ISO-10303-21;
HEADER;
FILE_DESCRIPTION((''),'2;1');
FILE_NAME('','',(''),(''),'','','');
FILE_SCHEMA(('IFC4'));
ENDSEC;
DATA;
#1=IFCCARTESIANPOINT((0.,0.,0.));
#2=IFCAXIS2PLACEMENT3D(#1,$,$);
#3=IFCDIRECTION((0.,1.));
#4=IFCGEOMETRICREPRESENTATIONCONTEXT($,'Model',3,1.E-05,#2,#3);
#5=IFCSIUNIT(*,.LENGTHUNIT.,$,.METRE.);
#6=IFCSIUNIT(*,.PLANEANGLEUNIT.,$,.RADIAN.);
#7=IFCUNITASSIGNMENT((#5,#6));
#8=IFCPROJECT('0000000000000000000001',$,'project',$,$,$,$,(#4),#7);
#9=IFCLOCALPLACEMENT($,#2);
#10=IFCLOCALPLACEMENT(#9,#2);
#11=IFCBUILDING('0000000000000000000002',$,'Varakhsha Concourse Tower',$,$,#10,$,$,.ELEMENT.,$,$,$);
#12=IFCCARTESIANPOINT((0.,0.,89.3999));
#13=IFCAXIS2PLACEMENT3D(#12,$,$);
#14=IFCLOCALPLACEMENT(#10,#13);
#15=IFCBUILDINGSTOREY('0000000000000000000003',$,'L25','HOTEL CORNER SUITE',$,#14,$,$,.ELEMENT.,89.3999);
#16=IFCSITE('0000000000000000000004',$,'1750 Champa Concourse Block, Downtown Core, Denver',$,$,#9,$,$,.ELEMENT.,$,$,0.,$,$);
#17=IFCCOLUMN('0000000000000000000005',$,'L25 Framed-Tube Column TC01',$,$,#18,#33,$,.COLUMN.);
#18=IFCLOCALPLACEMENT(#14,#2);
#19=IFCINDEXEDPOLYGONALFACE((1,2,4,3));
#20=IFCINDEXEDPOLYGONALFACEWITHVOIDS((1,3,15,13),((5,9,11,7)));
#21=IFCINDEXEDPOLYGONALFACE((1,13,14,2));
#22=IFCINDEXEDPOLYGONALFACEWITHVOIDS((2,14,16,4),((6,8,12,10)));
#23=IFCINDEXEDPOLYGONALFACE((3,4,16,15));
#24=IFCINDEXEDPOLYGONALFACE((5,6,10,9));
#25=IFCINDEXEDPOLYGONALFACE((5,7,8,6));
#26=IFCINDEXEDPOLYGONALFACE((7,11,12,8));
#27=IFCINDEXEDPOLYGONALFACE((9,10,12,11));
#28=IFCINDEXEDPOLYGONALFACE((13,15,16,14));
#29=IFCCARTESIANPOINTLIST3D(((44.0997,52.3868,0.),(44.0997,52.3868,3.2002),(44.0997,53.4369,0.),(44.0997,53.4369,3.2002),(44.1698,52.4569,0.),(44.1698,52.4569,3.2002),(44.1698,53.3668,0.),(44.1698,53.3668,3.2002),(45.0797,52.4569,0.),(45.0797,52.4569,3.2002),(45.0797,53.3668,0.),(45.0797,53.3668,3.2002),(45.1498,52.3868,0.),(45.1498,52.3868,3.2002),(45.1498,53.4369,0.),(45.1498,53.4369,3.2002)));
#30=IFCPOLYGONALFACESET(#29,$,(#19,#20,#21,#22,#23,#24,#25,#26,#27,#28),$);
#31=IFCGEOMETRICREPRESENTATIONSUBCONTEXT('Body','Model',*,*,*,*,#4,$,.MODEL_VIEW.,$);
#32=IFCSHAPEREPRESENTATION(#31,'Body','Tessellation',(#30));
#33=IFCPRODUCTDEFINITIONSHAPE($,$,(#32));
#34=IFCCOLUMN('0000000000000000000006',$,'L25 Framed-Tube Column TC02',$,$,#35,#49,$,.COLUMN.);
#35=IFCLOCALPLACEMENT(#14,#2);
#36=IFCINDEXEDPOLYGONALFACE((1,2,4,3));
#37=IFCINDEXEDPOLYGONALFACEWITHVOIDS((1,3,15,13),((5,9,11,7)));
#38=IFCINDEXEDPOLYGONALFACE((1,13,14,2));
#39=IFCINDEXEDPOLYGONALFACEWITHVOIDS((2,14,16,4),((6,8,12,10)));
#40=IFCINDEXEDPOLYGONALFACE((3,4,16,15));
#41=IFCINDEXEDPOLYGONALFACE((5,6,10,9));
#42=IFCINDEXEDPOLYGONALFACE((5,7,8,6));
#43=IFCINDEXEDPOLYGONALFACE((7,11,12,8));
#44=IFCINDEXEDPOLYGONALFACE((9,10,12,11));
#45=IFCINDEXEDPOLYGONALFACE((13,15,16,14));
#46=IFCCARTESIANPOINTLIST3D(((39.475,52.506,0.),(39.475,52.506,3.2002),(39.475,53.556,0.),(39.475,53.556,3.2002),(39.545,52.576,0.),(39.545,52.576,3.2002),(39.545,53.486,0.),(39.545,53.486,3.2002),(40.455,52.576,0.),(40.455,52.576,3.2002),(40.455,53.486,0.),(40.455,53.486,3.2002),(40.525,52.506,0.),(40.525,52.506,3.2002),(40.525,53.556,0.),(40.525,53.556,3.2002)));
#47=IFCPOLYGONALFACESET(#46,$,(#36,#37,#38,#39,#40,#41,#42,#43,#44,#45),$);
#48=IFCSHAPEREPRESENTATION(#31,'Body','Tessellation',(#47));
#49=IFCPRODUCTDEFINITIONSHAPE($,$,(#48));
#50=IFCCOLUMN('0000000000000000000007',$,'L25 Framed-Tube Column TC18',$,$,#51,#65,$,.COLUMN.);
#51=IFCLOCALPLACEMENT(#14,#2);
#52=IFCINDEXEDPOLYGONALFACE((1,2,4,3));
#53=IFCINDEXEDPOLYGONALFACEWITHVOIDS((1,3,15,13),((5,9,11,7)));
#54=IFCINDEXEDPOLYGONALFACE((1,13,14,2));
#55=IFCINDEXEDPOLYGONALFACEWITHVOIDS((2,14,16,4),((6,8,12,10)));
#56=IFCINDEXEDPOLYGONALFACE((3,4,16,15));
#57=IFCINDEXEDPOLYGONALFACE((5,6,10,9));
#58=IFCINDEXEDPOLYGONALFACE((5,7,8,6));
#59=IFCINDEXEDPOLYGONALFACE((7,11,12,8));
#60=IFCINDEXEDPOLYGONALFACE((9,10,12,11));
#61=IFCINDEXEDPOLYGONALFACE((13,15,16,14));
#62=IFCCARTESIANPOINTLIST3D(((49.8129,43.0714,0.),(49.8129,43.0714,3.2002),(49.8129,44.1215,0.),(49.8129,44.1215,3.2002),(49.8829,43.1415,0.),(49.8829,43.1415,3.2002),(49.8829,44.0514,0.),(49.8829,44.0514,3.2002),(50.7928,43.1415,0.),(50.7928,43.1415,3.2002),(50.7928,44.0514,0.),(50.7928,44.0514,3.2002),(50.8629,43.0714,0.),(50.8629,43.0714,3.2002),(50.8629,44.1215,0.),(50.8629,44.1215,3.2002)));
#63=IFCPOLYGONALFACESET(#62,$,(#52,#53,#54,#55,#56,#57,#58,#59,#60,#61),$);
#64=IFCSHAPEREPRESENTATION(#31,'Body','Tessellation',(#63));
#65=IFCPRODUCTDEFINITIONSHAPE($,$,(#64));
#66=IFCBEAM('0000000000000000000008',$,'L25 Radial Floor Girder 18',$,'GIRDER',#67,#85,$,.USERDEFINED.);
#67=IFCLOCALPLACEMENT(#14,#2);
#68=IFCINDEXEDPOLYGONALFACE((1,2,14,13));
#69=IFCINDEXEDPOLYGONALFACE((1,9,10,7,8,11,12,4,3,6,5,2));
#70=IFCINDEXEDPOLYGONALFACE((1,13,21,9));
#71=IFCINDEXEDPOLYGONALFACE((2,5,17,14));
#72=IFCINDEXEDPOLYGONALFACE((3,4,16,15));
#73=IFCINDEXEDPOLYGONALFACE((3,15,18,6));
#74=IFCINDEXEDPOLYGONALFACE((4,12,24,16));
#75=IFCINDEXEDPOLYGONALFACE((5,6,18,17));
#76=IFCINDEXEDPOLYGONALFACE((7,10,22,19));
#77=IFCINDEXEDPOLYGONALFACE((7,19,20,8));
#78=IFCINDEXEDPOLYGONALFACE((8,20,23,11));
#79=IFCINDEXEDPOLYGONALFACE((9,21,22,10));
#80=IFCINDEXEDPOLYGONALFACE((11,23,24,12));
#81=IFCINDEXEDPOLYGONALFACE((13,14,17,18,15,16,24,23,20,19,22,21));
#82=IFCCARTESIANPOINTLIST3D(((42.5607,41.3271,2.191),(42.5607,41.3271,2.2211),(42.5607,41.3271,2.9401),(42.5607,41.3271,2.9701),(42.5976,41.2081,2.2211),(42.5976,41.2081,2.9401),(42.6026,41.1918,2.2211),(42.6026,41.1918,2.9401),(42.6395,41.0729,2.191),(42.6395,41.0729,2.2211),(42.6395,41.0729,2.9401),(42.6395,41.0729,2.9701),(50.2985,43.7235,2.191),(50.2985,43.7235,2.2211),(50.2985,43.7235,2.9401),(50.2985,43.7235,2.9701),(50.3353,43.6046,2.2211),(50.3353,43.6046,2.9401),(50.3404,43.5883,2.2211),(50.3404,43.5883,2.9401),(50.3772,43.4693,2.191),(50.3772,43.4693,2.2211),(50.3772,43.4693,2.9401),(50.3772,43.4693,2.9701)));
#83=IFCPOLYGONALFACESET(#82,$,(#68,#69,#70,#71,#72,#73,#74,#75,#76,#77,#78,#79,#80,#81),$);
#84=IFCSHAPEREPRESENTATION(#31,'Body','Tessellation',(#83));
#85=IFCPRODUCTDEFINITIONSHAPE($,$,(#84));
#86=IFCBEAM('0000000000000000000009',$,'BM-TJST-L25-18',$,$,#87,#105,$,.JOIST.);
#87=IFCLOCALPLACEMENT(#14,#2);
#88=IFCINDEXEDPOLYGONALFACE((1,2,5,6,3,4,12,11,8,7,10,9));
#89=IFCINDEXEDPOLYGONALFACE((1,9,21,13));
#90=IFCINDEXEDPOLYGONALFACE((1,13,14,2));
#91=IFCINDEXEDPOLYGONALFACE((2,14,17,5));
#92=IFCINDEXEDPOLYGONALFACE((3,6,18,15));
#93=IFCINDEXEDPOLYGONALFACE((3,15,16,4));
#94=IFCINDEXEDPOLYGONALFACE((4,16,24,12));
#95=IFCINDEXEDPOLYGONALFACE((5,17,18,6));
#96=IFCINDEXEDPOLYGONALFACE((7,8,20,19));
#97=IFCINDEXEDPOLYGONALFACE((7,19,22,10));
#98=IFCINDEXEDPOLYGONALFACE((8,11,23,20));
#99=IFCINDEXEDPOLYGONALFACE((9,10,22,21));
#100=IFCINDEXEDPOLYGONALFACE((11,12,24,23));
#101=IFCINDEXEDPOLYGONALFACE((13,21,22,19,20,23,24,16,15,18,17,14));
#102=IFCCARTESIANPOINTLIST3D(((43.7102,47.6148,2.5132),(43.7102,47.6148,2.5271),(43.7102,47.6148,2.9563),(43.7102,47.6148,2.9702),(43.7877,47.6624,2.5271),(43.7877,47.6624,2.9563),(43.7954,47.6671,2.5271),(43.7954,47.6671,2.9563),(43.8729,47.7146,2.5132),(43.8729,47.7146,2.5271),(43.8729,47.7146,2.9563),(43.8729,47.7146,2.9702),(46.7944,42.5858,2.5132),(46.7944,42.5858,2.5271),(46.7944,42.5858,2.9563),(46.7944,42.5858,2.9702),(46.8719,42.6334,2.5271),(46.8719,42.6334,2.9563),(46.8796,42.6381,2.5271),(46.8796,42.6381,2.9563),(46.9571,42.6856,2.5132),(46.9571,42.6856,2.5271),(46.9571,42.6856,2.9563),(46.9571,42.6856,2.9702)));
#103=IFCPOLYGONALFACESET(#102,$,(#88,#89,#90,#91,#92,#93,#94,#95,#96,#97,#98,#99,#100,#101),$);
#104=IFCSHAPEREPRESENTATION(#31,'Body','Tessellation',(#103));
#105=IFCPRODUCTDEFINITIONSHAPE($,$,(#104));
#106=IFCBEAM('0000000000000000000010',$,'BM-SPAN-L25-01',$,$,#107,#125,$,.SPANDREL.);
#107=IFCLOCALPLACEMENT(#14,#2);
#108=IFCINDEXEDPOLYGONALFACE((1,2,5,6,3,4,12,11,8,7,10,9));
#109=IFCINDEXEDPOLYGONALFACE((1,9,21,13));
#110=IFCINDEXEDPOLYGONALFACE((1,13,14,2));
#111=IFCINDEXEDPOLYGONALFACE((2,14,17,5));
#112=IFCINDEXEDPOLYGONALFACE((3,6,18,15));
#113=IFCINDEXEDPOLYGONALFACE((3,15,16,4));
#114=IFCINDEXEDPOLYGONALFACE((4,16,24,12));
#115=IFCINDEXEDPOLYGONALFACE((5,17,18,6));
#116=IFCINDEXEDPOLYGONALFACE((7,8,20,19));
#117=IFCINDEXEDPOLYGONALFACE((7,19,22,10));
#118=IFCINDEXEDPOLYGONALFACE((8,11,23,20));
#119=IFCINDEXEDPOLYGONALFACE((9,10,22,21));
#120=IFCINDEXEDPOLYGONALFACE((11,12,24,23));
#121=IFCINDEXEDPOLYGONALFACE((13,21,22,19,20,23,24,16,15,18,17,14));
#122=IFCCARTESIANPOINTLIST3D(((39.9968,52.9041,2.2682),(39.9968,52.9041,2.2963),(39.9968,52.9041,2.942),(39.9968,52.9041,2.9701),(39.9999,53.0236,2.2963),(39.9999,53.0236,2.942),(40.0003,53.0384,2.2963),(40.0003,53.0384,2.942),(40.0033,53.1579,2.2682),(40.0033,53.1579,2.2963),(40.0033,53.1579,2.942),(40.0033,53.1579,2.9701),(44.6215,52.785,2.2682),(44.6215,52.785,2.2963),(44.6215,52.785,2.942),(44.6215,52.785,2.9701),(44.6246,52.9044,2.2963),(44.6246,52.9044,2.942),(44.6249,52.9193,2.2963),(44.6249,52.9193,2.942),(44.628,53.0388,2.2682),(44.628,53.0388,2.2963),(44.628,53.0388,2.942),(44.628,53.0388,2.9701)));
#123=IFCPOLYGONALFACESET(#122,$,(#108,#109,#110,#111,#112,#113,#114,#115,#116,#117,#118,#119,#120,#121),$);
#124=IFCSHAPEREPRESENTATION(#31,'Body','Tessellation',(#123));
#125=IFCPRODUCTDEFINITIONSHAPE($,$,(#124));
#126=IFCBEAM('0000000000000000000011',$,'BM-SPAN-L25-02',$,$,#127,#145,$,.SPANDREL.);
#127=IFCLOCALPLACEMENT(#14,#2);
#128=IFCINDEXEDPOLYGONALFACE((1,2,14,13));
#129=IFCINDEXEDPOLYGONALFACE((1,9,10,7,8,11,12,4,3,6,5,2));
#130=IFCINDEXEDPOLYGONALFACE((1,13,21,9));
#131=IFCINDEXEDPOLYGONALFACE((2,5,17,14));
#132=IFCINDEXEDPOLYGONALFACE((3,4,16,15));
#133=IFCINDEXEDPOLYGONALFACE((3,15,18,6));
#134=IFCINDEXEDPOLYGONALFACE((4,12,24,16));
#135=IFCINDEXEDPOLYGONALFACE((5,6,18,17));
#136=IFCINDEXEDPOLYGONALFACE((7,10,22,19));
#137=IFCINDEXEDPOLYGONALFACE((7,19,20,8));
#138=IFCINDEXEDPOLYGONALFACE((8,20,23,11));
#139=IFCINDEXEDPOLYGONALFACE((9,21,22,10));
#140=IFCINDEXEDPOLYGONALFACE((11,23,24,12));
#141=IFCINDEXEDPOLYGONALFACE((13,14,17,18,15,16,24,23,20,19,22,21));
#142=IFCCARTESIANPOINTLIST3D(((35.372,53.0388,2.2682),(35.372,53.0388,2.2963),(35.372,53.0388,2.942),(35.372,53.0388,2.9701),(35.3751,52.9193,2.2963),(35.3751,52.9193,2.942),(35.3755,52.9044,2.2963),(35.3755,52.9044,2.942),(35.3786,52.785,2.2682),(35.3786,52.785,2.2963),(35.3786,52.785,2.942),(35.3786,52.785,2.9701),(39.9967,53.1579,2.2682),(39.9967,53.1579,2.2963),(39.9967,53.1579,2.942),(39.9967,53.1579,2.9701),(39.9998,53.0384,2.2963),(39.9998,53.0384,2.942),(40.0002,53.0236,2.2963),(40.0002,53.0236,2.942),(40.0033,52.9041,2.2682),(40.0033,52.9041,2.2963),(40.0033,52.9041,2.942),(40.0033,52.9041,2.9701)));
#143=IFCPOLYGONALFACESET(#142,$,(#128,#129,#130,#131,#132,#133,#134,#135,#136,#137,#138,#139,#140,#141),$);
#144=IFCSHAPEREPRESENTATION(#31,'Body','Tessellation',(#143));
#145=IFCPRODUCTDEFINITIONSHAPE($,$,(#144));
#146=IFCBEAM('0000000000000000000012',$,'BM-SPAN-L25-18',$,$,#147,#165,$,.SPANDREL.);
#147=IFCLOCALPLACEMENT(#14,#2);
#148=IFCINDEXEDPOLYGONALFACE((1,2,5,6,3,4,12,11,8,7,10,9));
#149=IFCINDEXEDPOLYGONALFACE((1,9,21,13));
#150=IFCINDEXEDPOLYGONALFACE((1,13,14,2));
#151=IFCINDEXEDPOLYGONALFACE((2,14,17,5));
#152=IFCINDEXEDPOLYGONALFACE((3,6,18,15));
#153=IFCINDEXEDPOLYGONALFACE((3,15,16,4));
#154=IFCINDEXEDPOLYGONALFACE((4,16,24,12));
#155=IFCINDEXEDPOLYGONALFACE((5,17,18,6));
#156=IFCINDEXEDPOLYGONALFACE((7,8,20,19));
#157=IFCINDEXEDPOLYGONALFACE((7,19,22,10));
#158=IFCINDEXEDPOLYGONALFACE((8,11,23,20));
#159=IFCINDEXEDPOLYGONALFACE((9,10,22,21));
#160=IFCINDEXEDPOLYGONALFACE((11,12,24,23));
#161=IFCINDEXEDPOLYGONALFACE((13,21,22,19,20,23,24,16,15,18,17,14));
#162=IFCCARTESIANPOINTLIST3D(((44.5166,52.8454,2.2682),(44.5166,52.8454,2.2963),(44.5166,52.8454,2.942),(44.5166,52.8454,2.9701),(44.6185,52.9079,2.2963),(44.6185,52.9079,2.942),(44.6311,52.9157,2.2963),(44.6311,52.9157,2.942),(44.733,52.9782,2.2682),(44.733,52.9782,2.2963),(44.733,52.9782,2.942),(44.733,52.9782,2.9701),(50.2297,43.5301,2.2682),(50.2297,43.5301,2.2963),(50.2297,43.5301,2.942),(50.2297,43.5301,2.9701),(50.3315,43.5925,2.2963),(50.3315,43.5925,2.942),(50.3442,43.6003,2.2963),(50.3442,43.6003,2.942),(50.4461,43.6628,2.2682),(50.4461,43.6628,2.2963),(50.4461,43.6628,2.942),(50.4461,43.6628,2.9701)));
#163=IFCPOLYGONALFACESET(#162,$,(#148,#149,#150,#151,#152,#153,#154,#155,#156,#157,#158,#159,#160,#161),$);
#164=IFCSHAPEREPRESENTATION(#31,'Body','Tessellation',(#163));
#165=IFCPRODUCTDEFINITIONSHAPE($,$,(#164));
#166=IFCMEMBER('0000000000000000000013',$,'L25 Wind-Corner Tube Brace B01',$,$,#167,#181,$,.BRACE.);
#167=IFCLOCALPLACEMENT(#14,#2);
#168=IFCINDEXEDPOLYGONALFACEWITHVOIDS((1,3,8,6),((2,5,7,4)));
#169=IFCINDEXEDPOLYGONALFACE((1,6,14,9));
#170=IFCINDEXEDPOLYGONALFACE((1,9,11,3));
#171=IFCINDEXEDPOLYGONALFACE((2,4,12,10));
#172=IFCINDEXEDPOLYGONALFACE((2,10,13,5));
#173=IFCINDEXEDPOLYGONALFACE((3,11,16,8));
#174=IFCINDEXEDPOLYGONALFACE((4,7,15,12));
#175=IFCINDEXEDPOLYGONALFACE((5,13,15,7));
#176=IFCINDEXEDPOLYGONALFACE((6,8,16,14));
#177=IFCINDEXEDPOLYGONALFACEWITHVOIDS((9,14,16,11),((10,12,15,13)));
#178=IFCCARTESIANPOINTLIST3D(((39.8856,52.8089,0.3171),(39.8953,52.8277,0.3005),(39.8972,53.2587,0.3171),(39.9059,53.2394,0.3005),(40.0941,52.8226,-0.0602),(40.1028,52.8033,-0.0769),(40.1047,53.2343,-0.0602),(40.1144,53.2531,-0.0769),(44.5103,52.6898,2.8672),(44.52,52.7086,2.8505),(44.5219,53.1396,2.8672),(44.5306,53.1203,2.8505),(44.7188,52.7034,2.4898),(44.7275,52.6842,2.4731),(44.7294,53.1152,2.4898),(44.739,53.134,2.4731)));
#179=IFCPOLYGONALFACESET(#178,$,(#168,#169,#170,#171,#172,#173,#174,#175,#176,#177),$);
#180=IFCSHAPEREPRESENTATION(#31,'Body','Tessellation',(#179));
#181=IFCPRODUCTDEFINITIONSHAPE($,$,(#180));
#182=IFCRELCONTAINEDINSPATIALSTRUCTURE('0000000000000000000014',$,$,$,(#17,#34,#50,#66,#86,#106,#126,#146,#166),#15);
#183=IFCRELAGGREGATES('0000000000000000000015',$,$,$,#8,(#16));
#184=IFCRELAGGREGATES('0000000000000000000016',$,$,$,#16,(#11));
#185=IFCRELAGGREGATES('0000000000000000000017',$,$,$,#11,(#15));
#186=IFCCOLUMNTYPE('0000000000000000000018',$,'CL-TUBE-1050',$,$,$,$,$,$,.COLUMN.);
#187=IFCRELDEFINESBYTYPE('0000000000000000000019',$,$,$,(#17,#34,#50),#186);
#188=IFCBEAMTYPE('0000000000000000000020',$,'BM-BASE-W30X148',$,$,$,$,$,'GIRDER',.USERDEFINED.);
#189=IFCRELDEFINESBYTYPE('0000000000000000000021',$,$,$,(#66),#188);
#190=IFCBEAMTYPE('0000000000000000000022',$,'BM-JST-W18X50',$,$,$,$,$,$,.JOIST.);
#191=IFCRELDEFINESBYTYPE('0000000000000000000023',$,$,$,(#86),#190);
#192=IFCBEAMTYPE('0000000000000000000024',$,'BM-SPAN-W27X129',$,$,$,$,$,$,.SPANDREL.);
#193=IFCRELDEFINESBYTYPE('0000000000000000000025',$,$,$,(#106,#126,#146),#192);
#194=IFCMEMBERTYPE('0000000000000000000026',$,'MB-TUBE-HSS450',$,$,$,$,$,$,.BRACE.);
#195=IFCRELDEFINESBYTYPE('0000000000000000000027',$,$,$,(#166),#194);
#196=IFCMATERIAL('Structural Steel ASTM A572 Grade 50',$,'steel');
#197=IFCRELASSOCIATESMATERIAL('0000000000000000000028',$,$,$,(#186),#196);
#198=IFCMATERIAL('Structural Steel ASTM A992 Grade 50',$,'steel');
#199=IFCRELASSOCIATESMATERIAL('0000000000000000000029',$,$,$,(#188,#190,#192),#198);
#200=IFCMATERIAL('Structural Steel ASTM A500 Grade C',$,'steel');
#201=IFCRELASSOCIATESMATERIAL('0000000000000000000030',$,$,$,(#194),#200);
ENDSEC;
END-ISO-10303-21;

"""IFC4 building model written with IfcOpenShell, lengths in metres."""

from ifc_helpers import new_model, si_unit, direction, frame, origin, origin_2d, place, context, subcontext, project, spatial, hollow_rectangle, i_section, extrude, source, transform, mapped, material, material_profile, profile_set, type_object, type_shapes, element, save


model = new_model("IFC4")

# Units and contexts
model_context = context("Model", 3, precision=1e-05, world=origin(), true_north=direction((0.0, 1.0)))
body_context = subcontext(model_context, "Body", "Model", "MODEL_VIEW")
ifc_project = project(units=[si_unit("LENGTHUNIT", "METRE"), si_unit("PLANEANGLEUNIT", "RADIAN")], contexts=[model_context])

# Site, building, storey
site_placement = place(None, origin())
site = spatial("IfcSite", under=ifc_project, at=site_placement, Name="1750 Champa Concourse Block, Downtown Core, Denver", CompositionType="ELEMENT", RefElevation=0.0)
building_placement = place(site_placement, origin())
building = spatial("IfcBuilding", under=site, at=building_placement, Name="Varakhsha Concourse Tower", CompositionType="ELEMENT")
storey_placement = place(building_placement, frame((0.0, 0.0, 89.3999)))
storey = spatial("IfcBuildingStorey", under=building, at=storey_placement, Name="L25", Description="HOTEL CORNER SUITE", CompositionType="ELEMENT", Elevation=89.3999)

# Columns
ifc_material_1 = material(Name="Structural Steel ASTM A572 Grade 50", Category="steel")
ifc_material_profile_1 = material_profile(ifc_material_1, hollow_rectangle(XDim=1.05, YDim=1.05, WallThickness=0.0701, at=origin_2d()), Name="BOX 1050x1050x70")
ifc_profile_set_1 = profile_set([ifc_material_profile_1], Name="Structural Steel ASTM A572 Grade 50")
column_type = type_object("IfcColumnType", Name="CL-TUBE-1050", PredefinedType="COLUMN", material=ifc_profile_set_1)
for number, where, z_axis, x_axis, name in (
    (1, (44.6248, 52.9119, 0.0), (0.0, 0.0, 1.0), (1.0, 0.0, 0.0), "L25 Framed-Tube Column TC01"),
    (2, (40.0, 53.031, 0.0), (0.0, 0.0, 1.0), (1.0, 0.0, 0.0), "L25 Framed-Tube Column TC02"),
    (3, (50.3379, 43.5964, 0.0), (0.0, 0.0, 1.0), (1.0, 0.0, 0.0), "L25 Framed-Tube Column TC18"),
):
    element("IfcColumn", number, at=place(storey_placement, frame(where, z_axis=z_axis, x_axis=x_axis)), inside=storey, type_object=column_type, Name=name, PredefinedType="COLUMN", context=body_context, shape_type="SweptSolid", body=[
        extrude(hollow_rectangle(XDim=1.05, YDim=1.05, WallThickness=0.0701, at=origin_2d()), origin(), (0.0, 0.0, 1.0), 3.2002),
    ])

# Beams
ifc_material_2 = material(Name="Structural Steel ASTM A992 Grade 50", Category="steel")
ifc_material_profile_2 = material_profile(ifc_material_2, i_section(OverallWidth=0.2661, OverallDepth=0.7791, WebThickness=0.0171, FlangeThickness=0.03, at=origin_2d()), Name="W30X148")
ifc_profile_set_2 = profile_set([ifc_material_profile_2], Name="Structural Steel ASTM A992 Grade 50")
beam_type_1 = type_object("IfcBeamType", Name="BM-BASE-W30X148", ElementType="GIRDER", PredefinedType="USERDEFINED", material=ifc_profile_set_2)
beam_1_placement = place(storey_placement, frame((42.6001, 41.2, 2.5806), z_axis=(0.955235, 0.295847, 0.0), x_axis=(-0.295847, 0.955235, 0.0)))
element("IfcBeam", 4, at=beam_1_placement, inside=storey, type_object=beam_type_1, Name="L25 Radial Floor Girder 18", ObjectType="GIRDER", PredefinedType="USERDEFINED", context=body_context, shape_type="SweptSolid", body=[
    extrude(i_section(OverallWidth=0.2661, OverallDepth=0.7791, WebThickness=0.0171, FlangeThickness=0.03, at=origin_2d()), origin(), (0.0, 0.0, 1.0), 8.1003),
])
ifc_material_profile_3 = material_profile(ifc_material_2, i_section(OverallWidth=0.1909, OverallDepth=0.457, WebThickness=0.009, FlangeThickness=0.0139, at=origin_2d()), Name="W18X50")
ifc_profile_set_3 = profile_set([ifc_material_profile_3], Name="Structural Steel ASTM A992 Grade 50")
beam_type_2 = type_object("IfcBeamType", Name="BM-JST-W18X50", PredefinedType="JOIST", material=ifc_profile_set_3)
beam_2_placement = place(storey_placement, frame((46.8757, 42.6357, 2.7417), z_axis=(-0.522797, 0.852457, 0.0), x_axis=(-0.852457, -0.522797, 0.0)))
element("IfcBeam", 5, at=beam_2_placement, inside=storey, type_object=beam_type_2, Name="BM-TJST-L25-18", PredefinedType="JOIST", context=body_context, shape_type="SweptSolid", body=[
    extrude(i_section(OverallWidth=0.1909, OverallDepth=0.457, WebThickness=0.009, FlangeThickness=0.0139, at=origin_2d()), origin(), (0.0, 0.0, 1.0), 5.8994),
])
ifc_material_profile_4 = material_profile(ifc_material_2, i_section(OverallWidth=0.2539, OverallDepth=0.7019, WebThickness=0.0149, FlangeThickness=0.0281, at=origin_2d()), Name="W27X129")
ifc_profile_set_4 = profile_set([ifc_material_profile_4], Name="Structural Steel ASTM A992 Grade 50")
beam_type_3 = type_object("IfcBeamType", Name="BM-SPAN-W27X129", PredefinedType="SPANDREL", material=ifc_profile_set_4)
for number, where, z_axis, x_axis, name in (
    (6, (44.6248, 52.9119, 2.6191), (-0.999668, 0.025753, 0.0), (-0.025753, -0.999668, 0.0), "BM-SPAN-L25-01"),
    (7, (40.0, 53.031, 2.6191), (-0.999668, -0.025753, 0.0), (0.025753, -0.999668, 0.0), "BM-SPAN-L25-02"),
):
    element("IfcBeam", number, at=place(storey_placement, frame(where, z_axis=z_axis, x_axis=x_axis)), inside=storey, type_object=beam_type_3, Name=name, PredefinedType="SPANDREL", context=body_context, shape_type="SweptSolid", body=[
        extrude(i_section(OverallWidth=0.2539, OverallDepth=0.7019, WebThickness=0.0149, FlangeThickness=0.0281, at=origin_2d()), origin(), (0.0, 0.0, 1.0), 4.6262),
    ])
beam_3_placement = place(storey_placement, frame((50.3379, 43.5964, 2.6191), z_axis=(-0.522807, 0.852451, 0.0), x_axis=(-0.852451, -0.522807, 0.0)))
element("IfcBeam", 8, at=beam_3_placement, inside=storey, type_object=beam_type_3, Name="BM-SPAN-L25-18", PredefinedType="SPANDREL", context=body_context, shape_type="SweptSolid", body=[
    extrude(i_section(OverallWidth=0.2539, OverallDepth=0.7019, WebThickness=0.0149, FlangeThickness=0.0281, at=origin_2d()), origin(), (0.0, 0.0, 1.0), 10.9277),
])

# Member
ifc_material_3 = material(Name="Structural Steel ASTM A500 Grade C", Category="steel")
ifc_material_profile_5 = material_profile(ifc_material_3, hollow_rectangle(XDim=0.45, YDim=0.45, WallThickness=0.019, at=origin_2d()), Name="HSS 450x450x19")
ifc_profile_set_5 = profile_set([ifc_material_profile_5], Name="Structural Steel ASTM A500 Grade C")
member_type_1 = type_object("IfcMemberType", Name="MB-TUBE-HSS450", PredefinedType="BRACE", material=ifc_profile_set_5)
shared_shape_1 = source(origin(), body_context, "Body", "SweptSolid", [
    extrude(hollow_rectangle(XDim=0.45, YDim=0.45, WallThickness=0.019, at=origin_2d()), origin(), (0.0, 0.0, 1.0), 5.2825),
])
type_shapes(member_type_1, [shared_shape_1])
for number, where, z_axis, x_axis, name in (
    (9, (40.0, 53.031, 0.1201), (0.875478, -0.022554, 0.482731), (0.025753, 0.999668, 0.0), "L25 Wind-Corner Tube Brace B01"),
):
    element("IfcMember", number, at=place(storey_placement, frame(where, z_axis=z_axis, x_axis=x_axis)), inside=storey, type_object=member_type_1, Name=name, PredefinedType="BRACE", context=body_context, shape_type="MappedRepresentation", body=[
        mapped(shared_shape_1, transform((0.0, 0.0, 0.0), scale=1.0)),
    ])

save(model, "model.ifc")
